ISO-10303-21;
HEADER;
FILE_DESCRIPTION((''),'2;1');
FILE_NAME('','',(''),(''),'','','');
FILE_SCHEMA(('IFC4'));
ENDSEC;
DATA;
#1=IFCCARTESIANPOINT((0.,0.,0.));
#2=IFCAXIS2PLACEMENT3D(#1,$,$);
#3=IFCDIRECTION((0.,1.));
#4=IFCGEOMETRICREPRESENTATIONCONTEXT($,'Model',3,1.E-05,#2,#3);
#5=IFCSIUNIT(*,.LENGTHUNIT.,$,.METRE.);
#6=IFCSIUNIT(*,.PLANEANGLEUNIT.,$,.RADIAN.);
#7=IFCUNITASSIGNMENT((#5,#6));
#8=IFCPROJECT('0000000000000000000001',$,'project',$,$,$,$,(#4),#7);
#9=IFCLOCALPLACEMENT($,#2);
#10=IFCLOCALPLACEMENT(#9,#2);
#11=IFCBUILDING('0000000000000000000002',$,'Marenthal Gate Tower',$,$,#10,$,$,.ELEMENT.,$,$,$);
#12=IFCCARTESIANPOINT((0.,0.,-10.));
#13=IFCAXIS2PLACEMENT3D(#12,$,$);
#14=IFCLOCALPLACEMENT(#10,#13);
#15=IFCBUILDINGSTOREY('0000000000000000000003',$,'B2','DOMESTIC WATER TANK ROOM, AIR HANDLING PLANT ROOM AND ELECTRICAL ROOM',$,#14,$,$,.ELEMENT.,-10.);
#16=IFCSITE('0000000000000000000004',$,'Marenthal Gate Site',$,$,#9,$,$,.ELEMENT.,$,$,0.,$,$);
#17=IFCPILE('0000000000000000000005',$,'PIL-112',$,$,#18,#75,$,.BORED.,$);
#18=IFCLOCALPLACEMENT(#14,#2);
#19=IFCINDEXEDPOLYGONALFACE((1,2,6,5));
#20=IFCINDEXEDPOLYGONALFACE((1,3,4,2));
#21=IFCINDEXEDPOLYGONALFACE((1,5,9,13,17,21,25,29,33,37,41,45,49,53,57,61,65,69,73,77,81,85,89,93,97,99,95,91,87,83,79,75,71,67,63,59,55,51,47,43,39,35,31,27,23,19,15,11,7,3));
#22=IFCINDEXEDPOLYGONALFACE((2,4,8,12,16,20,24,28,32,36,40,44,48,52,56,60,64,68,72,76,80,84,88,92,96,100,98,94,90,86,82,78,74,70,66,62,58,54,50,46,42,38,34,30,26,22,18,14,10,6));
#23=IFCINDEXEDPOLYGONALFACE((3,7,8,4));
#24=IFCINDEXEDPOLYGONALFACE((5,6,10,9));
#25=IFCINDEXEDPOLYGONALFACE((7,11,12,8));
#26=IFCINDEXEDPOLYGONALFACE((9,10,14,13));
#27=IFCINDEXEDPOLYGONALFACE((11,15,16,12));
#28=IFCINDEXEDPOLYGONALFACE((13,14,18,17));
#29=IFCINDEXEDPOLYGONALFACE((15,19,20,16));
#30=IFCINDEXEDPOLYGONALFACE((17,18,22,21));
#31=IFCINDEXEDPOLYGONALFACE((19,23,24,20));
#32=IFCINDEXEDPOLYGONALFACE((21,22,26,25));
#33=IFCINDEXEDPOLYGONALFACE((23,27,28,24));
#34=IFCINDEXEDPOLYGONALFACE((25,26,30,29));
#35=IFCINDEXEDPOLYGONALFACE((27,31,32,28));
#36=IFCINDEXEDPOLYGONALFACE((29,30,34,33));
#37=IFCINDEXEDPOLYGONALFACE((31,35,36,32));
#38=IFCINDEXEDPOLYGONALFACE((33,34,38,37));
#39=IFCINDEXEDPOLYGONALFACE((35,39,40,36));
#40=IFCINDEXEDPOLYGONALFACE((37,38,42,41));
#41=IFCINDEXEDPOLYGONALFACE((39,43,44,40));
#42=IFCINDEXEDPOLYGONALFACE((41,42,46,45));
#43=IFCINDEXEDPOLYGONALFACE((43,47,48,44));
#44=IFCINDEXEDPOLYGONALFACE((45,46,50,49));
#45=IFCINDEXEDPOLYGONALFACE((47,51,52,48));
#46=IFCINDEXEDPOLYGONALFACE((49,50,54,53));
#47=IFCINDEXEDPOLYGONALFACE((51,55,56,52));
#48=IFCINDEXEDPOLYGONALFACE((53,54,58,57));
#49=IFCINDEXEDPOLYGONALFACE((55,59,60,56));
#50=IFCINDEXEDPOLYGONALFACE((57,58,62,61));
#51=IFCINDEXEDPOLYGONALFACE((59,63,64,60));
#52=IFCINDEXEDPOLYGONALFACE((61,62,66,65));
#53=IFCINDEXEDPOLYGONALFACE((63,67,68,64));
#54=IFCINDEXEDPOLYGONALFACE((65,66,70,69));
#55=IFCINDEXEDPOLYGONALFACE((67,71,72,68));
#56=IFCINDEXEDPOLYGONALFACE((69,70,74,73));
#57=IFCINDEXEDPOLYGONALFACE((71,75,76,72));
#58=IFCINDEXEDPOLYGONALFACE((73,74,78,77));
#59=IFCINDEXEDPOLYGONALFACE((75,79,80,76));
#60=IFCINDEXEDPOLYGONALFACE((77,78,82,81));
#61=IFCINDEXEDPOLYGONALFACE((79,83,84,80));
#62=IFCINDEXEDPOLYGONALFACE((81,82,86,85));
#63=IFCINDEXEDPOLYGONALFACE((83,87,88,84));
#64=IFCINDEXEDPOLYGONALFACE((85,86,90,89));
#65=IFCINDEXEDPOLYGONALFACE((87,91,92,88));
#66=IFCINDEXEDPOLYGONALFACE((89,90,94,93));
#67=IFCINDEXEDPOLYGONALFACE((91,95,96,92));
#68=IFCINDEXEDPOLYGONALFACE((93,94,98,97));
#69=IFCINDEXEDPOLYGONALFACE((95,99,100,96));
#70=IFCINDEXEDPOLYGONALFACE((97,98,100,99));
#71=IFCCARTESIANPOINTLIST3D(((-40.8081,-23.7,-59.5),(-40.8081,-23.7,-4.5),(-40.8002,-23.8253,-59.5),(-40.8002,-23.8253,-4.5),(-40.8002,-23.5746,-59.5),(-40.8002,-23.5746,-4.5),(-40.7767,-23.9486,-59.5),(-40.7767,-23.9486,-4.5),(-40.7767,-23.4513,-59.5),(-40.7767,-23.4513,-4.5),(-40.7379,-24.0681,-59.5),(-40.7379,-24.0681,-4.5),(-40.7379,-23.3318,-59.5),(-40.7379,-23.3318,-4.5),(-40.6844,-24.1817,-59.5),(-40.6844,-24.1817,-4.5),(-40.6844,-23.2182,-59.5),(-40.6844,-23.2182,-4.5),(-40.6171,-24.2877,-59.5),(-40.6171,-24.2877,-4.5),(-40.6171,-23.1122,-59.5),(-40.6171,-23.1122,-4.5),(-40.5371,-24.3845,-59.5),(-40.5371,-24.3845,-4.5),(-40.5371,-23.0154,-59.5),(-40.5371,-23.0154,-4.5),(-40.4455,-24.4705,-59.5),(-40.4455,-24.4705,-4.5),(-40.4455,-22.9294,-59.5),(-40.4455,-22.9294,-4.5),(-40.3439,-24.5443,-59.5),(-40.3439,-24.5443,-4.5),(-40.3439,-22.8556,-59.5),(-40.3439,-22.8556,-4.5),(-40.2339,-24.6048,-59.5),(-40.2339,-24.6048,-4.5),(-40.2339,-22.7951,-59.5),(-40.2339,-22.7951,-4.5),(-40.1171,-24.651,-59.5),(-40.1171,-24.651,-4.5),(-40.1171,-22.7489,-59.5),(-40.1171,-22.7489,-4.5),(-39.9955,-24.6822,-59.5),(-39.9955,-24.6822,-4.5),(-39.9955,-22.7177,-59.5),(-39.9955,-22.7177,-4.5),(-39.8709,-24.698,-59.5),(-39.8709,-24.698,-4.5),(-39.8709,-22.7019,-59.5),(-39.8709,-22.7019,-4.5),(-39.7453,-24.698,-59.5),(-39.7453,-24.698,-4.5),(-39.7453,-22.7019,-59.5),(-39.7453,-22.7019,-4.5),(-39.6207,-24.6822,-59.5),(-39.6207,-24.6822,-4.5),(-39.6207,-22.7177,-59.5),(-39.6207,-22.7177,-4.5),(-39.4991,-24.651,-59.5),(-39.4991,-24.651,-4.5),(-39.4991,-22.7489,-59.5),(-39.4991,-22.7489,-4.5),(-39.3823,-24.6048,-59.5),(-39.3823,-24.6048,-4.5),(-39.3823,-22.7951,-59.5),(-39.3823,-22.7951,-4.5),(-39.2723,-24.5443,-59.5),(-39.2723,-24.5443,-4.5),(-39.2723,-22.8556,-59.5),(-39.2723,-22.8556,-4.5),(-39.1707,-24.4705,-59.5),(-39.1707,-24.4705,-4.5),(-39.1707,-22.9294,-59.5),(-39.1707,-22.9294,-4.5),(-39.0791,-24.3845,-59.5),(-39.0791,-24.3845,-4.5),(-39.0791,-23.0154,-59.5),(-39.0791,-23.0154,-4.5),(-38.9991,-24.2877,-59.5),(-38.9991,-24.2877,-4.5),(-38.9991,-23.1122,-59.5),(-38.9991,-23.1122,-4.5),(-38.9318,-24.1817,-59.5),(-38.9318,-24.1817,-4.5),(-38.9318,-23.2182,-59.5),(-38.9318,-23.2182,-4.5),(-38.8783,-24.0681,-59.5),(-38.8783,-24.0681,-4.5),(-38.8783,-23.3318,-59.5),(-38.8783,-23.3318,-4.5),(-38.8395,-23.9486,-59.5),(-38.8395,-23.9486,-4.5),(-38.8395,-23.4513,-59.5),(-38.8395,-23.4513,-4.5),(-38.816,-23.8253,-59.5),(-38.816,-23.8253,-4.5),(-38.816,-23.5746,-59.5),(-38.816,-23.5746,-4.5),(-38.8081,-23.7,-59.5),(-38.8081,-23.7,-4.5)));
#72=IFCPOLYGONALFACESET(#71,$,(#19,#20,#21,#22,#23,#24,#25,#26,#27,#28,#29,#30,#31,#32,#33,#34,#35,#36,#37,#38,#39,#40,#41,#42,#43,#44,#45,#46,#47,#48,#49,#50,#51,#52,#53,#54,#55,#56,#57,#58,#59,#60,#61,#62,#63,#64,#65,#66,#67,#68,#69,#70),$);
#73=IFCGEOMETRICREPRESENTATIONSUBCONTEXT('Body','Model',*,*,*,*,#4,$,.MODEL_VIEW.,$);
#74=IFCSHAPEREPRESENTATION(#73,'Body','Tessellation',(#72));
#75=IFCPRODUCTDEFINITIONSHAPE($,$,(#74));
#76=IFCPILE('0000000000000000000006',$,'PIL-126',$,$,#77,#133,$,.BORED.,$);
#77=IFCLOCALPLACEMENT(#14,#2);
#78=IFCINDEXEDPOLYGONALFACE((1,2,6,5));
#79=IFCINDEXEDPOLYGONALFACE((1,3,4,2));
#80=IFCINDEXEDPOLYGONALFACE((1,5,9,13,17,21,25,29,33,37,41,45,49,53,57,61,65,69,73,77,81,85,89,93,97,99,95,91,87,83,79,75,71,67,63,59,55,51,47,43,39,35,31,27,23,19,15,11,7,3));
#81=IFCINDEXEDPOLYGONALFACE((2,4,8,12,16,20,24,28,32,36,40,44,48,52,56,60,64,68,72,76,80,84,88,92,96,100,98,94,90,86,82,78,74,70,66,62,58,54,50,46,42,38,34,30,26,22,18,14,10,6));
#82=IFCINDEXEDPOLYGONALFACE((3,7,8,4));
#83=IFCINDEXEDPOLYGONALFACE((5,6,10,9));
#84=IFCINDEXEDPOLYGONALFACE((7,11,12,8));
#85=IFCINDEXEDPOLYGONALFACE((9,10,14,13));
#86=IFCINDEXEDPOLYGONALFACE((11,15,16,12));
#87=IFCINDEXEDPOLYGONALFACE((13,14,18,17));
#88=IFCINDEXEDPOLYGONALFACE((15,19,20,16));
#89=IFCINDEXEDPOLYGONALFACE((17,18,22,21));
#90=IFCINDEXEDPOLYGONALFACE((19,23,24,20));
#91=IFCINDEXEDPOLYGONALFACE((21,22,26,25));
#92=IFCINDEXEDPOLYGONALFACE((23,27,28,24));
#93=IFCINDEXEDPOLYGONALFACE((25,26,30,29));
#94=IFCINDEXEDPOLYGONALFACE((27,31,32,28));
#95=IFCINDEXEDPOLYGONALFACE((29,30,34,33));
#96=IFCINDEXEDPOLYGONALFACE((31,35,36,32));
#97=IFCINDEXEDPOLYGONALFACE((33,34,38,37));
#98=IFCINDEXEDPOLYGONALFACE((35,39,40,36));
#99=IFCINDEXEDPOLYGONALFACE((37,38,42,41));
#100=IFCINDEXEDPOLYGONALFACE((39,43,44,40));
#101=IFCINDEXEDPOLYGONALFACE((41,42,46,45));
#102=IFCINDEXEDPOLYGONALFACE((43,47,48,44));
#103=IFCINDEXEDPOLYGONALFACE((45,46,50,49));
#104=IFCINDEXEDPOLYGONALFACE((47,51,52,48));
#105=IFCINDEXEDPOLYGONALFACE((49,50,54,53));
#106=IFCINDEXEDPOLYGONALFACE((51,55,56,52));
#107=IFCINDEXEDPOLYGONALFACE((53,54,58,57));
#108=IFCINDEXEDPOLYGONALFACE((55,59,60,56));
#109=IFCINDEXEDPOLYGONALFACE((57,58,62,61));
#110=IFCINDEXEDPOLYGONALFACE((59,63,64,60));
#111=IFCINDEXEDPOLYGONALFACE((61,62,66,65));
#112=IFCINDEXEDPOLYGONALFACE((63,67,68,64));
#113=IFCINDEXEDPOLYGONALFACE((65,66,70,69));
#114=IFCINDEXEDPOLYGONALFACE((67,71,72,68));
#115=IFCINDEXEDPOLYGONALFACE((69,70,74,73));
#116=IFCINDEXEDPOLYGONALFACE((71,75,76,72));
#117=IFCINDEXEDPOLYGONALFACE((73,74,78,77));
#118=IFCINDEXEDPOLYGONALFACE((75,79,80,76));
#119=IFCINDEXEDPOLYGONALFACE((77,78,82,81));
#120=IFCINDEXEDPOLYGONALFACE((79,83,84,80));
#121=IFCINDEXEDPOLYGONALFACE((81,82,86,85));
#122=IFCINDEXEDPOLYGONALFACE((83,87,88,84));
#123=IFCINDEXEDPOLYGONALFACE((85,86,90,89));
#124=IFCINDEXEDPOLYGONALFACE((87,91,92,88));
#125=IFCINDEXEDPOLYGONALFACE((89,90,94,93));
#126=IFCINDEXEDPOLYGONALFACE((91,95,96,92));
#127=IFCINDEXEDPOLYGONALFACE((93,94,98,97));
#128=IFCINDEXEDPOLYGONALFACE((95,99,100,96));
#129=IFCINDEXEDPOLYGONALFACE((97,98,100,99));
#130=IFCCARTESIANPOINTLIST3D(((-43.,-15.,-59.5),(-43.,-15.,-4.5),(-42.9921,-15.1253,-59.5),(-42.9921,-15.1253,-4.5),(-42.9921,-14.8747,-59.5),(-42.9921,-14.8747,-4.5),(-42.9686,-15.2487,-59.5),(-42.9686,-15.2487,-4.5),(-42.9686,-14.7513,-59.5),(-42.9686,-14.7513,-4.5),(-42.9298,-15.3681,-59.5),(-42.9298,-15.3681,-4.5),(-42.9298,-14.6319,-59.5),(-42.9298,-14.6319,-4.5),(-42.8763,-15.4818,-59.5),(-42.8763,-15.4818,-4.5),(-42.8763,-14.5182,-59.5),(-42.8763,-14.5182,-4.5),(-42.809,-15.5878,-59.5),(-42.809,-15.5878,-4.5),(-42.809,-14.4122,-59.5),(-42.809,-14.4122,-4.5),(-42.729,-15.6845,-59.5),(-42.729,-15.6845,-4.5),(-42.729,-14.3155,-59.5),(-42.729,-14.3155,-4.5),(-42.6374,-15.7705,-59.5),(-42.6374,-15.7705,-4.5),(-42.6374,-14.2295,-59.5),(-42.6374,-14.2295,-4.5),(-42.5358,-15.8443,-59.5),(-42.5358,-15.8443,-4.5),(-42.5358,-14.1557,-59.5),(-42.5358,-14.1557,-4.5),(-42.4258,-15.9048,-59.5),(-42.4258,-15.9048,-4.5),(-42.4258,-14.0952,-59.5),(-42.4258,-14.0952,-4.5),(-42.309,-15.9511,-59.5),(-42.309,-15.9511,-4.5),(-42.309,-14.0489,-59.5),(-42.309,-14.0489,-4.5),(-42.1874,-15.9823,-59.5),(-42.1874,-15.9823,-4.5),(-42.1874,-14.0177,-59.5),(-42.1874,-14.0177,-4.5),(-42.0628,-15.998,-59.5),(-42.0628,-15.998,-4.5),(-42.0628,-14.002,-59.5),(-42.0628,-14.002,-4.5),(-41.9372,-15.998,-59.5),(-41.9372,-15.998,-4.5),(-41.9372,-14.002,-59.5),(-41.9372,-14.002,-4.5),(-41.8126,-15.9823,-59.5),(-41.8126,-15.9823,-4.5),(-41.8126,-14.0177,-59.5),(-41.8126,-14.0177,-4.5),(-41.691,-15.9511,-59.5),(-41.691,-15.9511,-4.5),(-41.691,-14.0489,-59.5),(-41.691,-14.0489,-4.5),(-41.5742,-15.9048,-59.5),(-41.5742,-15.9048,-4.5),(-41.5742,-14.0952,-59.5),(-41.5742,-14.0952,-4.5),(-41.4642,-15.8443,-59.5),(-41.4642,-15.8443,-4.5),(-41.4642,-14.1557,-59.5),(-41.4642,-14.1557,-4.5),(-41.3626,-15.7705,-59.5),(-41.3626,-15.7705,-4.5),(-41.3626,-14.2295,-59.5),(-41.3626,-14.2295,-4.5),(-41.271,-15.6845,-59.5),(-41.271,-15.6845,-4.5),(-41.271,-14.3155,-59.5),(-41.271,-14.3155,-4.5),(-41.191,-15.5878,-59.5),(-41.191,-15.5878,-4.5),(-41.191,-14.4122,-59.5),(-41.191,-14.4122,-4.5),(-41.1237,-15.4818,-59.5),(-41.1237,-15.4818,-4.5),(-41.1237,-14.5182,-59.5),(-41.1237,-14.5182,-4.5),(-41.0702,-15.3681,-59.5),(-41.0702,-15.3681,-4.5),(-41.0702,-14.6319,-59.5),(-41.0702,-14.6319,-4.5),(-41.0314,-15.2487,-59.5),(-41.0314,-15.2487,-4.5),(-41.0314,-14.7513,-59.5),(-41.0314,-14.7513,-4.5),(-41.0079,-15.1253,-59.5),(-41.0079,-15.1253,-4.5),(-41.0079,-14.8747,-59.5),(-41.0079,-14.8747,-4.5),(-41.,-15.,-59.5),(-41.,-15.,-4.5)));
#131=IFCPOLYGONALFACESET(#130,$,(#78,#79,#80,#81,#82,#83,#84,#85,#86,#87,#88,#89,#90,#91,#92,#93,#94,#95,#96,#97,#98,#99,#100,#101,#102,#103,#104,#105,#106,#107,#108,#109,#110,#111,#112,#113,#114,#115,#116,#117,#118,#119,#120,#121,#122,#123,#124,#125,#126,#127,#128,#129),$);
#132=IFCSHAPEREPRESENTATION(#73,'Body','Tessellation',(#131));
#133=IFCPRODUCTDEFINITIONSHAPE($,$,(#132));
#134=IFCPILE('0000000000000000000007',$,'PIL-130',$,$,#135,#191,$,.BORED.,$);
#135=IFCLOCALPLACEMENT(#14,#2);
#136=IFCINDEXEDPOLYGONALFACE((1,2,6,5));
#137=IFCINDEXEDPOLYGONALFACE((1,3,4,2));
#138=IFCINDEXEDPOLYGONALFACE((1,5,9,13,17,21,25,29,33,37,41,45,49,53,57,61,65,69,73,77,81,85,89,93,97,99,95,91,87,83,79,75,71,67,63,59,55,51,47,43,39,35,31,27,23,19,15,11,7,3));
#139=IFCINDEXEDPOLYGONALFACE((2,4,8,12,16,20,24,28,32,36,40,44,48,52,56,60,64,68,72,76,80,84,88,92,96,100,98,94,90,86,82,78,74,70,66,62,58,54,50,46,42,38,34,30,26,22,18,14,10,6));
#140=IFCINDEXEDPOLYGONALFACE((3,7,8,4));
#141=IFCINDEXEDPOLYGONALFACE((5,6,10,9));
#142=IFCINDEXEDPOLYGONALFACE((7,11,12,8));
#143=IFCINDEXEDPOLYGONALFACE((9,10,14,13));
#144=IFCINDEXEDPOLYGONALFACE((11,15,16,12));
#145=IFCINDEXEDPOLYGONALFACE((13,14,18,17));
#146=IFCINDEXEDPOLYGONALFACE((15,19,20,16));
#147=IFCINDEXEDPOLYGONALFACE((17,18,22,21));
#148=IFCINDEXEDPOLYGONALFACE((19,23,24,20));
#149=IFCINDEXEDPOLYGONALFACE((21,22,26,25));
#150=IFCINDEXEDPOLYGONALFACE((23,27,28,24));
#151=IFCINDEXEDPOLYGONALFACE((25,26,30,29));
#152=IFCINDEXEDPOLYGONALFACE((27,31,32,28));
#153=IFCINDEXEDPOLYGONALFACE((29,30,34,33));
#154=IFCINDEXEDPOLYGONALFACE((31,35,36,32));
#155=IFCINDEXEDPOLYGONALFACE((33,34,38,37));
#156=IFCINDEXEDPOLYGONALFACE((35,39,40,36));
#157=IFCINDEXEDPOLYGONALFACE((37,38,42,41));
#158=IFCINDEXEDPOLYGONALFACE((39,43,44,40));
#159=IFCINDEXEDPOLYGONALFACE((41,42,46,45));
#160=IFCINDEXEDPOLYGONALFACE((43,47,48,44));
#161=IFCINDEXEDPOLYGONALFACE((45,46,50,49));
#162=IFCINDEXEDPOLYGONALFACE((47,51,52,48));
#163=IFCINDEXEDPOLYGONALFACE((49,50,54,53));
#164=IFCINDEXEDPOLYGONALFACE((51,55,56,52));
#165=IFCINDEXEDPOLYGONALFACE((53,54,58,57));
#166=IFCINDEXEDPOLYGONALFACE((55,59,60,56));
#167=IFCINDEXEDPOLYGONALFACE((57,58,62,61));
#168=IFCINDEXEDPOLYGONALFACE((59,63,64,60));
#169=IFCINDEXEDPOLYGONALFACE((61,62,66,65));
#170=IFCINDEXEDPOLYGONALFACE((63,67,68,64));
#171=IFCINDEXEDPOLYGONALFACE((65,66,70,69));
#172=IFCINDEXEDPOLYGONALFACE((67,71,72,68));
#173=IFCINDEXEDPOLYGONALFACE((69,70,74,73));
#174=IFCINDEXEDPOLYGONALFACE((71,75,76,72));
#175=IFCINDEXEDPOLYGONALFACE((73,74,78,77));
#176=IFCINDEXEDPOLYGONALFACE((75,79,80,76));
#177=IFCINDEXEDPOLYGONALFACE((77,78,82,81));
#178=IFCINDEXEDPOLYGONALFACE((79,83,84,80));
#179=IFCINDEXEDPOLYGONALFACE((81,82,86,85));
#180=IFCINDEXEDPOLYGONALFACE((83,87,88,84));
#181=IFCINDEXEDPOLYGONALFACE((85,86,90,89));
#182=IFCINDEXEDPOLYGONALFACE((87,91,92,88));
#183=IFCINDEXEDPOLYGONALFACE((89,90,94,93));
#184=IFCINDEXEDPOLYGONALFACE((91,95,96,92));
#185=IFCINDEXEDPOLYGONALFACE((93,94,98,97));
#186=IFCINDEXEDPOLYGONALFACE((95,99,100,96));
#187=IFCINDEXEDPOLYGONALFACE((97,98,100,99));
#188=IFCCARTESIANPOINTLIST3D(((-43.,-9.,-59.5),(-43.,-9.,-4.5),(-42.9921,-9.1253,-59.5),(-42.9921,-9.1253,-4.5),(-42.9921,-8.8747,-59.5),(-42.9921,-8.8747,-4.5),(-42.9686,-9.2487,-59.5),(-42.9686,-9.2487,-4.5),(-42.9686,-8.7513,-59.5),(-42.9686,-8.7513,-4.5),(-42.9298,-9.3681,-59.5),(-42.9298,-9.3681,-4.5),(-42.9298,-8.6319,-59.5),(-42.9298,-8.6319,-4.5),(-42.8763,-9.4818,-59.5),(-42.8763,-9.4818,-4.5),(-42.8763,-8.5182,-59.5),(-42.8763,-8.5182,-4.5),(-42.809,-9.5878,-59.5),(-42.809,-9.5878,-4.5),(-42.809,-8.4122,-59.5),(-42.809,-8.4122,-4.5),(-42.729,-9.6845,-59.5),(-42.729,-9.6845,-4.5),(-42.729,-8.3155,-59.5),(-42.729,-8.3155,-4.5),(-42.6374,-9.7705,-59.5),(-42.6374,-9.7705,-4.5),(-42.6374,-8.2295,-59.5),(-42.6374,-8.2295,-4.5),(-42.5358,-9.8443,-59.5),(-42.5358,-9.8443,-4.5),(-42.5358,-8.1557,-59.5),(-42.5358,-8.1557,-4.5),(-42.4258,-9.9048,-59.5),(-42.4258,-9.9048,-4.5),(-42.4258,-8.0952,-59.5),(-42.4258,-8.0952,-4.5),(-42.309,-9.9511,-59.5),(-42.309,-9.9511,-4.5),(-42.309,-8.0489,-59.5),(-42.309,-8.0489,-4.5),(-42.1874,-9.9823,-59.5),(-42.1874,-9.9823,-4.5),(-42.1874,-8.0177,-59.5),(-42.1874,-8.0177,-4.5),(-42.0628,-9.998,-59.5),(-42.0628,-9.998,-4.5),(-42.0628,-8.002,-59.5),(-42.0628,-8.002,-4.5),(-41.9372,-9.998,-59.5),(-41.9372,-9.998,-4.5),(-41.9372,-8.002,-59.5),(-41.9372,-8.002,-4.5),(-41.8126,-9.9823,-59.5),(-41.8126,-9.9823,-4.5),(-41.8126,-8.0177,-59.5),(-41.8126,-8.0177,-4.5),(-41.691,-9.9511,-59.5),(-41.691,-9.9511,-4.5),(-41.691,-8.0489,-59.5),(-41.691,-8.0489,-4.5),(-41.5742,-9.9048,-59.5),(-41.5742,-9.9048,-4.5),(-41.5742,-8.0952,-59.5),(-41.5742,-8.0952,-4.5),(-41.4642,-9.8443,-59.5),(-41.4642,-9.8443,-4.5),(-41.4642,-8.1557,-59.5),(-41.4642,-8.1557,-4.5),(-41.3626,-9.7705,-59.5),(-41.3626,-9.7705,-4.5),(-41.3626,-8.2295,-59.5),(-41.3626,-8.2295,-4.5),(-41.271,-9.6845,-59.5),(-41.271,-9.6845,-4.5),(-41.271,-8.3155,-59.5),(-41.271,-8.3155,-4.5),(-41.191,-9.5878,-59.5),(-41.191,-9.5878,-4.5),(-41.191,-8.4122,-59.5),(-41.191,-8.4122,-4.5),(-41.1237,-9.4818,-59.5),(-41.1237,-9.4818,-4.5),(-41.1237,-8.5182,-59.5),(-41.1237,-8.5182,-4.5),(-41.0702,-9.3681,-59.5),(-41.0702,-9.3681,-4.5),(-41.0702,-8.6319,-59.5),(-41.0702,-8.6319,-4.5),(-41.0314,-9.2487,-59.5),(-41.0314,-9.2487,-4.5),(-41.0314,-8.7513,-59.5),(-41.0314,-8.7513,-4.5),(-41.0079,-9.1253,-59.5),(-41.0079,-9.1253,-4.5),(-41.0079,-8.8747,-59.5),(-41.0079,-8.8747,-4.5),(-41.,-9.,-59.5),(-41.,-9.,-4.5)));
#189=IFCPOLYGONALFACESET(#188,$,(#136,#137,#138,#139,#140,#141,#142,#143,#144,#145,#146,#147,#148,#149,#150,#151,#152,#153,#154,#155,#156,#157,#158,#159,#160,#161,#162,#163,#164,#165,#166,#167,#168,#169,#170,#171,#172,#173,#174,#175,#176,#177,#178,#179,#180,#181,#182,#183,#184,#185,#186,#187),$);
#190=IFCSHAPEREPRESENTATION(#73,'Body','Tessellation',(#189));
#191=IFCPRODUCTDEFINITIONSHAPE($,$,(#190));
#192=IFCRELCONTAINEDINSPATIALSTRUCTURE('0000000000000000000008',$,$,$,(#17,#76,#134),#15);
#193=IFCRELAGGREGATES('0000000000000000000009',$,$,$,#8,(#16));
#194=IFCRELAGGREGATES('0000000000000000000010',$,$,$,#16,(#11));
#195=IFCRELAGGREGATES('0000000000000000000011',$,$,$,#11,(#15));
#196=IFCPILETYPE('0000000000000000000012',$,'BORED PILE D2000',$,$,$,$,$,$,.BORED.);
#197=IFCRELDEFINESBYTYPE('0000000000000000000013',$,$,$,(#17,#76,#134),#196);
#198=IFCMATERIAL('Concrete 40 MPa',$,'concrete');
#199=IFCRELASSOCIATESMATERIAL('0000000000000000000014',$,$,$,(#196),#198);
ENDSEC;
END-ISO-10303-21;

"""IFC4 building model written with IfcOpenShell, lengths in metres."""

from ifc_helpers import new_model, si_unit, direction, frame, origin, origin_2d, place, context, subcontext, project, spatial, circle, extrude, material, type_object, element, save


model = new_model("IFC4")

# Units and contexts
model_context = context("Model", 3, precision=1e-05, world=origin(), true_north=direction((0.0, 1.0)))
body_context = subcontext(model_context, "Body", "Model", "MODEL_VIEW")
ifc_project = project(units=[si_unit("LENGTHUNIT", "METRE"), si_unit("PLANEANGLEUNIT", "RADIAN")], contexts=[model_context])

# Site, building, storey
site_placement = place(None, origin())
site = spatial("IfcSite", under=ifc_project, at=site_placement, Name="Marenthal Gate Site", CompositionType="ELEMENT", RefElevation=0.0)
building_placement = place(site_placement, origin())
building = spatial("IfcBuilding", under=site, at=building_placement, Name="Marenthal Gate Tower", CompositionType="ELEMENT")
storey_placement = place(building_placement, frame((0.0, 0.0, -10.0)))
storey = spatial("IfcBuildingStorey", under=building, at=storey_placement, Name="B2", Description="DOMESTIC WATER TANK ROOM, AIR HANDLING PLANT ROOM AND ELECTRICAL ROOM", CompositionType="ELEMENT", Elevation=-10.0)

# Piles
ifc_material_1 = material(Name="Concrete 40 MPa", Category="concrete")
pile_type = type_object("IfcPileType", Name="BORED PILE D2000", PredefinedType="BORED", material=ifc_material_1)
for number, where, z_axis, x_axis, name in (
    (1, (-39.8081, -23.7, -4.5), (0.0, 0.0, -1.0), (1.0, 0.0, 0.0), "PIL-112"),
    (2, (-42.0, -15.0, -4.5), (0.0, 0.0, -1.0), (1.0, 0.0, 0.0), "PIL-126"),
    (3, (-42.0, -9.0, -4.5), (0.0, 0.0, -1.0), (1.0, 0.0, 0.0), "PIL-130"),
):
    element("IfcPile", number, at=place(storey_placement, frame(where, z_axis=z_axis, x_axis=x_axis)), inside=storey, type_object=pile_type, Name=name, PredefinedType="BORED", context=body_context, shape_type="SweptSolid", body=[
        extrude(circle(Radius=1.0, at=origin_2d()), origin(), (0.0, 0.0, 1.0), 55.0),
    ])

save(model, "model.ifc")
